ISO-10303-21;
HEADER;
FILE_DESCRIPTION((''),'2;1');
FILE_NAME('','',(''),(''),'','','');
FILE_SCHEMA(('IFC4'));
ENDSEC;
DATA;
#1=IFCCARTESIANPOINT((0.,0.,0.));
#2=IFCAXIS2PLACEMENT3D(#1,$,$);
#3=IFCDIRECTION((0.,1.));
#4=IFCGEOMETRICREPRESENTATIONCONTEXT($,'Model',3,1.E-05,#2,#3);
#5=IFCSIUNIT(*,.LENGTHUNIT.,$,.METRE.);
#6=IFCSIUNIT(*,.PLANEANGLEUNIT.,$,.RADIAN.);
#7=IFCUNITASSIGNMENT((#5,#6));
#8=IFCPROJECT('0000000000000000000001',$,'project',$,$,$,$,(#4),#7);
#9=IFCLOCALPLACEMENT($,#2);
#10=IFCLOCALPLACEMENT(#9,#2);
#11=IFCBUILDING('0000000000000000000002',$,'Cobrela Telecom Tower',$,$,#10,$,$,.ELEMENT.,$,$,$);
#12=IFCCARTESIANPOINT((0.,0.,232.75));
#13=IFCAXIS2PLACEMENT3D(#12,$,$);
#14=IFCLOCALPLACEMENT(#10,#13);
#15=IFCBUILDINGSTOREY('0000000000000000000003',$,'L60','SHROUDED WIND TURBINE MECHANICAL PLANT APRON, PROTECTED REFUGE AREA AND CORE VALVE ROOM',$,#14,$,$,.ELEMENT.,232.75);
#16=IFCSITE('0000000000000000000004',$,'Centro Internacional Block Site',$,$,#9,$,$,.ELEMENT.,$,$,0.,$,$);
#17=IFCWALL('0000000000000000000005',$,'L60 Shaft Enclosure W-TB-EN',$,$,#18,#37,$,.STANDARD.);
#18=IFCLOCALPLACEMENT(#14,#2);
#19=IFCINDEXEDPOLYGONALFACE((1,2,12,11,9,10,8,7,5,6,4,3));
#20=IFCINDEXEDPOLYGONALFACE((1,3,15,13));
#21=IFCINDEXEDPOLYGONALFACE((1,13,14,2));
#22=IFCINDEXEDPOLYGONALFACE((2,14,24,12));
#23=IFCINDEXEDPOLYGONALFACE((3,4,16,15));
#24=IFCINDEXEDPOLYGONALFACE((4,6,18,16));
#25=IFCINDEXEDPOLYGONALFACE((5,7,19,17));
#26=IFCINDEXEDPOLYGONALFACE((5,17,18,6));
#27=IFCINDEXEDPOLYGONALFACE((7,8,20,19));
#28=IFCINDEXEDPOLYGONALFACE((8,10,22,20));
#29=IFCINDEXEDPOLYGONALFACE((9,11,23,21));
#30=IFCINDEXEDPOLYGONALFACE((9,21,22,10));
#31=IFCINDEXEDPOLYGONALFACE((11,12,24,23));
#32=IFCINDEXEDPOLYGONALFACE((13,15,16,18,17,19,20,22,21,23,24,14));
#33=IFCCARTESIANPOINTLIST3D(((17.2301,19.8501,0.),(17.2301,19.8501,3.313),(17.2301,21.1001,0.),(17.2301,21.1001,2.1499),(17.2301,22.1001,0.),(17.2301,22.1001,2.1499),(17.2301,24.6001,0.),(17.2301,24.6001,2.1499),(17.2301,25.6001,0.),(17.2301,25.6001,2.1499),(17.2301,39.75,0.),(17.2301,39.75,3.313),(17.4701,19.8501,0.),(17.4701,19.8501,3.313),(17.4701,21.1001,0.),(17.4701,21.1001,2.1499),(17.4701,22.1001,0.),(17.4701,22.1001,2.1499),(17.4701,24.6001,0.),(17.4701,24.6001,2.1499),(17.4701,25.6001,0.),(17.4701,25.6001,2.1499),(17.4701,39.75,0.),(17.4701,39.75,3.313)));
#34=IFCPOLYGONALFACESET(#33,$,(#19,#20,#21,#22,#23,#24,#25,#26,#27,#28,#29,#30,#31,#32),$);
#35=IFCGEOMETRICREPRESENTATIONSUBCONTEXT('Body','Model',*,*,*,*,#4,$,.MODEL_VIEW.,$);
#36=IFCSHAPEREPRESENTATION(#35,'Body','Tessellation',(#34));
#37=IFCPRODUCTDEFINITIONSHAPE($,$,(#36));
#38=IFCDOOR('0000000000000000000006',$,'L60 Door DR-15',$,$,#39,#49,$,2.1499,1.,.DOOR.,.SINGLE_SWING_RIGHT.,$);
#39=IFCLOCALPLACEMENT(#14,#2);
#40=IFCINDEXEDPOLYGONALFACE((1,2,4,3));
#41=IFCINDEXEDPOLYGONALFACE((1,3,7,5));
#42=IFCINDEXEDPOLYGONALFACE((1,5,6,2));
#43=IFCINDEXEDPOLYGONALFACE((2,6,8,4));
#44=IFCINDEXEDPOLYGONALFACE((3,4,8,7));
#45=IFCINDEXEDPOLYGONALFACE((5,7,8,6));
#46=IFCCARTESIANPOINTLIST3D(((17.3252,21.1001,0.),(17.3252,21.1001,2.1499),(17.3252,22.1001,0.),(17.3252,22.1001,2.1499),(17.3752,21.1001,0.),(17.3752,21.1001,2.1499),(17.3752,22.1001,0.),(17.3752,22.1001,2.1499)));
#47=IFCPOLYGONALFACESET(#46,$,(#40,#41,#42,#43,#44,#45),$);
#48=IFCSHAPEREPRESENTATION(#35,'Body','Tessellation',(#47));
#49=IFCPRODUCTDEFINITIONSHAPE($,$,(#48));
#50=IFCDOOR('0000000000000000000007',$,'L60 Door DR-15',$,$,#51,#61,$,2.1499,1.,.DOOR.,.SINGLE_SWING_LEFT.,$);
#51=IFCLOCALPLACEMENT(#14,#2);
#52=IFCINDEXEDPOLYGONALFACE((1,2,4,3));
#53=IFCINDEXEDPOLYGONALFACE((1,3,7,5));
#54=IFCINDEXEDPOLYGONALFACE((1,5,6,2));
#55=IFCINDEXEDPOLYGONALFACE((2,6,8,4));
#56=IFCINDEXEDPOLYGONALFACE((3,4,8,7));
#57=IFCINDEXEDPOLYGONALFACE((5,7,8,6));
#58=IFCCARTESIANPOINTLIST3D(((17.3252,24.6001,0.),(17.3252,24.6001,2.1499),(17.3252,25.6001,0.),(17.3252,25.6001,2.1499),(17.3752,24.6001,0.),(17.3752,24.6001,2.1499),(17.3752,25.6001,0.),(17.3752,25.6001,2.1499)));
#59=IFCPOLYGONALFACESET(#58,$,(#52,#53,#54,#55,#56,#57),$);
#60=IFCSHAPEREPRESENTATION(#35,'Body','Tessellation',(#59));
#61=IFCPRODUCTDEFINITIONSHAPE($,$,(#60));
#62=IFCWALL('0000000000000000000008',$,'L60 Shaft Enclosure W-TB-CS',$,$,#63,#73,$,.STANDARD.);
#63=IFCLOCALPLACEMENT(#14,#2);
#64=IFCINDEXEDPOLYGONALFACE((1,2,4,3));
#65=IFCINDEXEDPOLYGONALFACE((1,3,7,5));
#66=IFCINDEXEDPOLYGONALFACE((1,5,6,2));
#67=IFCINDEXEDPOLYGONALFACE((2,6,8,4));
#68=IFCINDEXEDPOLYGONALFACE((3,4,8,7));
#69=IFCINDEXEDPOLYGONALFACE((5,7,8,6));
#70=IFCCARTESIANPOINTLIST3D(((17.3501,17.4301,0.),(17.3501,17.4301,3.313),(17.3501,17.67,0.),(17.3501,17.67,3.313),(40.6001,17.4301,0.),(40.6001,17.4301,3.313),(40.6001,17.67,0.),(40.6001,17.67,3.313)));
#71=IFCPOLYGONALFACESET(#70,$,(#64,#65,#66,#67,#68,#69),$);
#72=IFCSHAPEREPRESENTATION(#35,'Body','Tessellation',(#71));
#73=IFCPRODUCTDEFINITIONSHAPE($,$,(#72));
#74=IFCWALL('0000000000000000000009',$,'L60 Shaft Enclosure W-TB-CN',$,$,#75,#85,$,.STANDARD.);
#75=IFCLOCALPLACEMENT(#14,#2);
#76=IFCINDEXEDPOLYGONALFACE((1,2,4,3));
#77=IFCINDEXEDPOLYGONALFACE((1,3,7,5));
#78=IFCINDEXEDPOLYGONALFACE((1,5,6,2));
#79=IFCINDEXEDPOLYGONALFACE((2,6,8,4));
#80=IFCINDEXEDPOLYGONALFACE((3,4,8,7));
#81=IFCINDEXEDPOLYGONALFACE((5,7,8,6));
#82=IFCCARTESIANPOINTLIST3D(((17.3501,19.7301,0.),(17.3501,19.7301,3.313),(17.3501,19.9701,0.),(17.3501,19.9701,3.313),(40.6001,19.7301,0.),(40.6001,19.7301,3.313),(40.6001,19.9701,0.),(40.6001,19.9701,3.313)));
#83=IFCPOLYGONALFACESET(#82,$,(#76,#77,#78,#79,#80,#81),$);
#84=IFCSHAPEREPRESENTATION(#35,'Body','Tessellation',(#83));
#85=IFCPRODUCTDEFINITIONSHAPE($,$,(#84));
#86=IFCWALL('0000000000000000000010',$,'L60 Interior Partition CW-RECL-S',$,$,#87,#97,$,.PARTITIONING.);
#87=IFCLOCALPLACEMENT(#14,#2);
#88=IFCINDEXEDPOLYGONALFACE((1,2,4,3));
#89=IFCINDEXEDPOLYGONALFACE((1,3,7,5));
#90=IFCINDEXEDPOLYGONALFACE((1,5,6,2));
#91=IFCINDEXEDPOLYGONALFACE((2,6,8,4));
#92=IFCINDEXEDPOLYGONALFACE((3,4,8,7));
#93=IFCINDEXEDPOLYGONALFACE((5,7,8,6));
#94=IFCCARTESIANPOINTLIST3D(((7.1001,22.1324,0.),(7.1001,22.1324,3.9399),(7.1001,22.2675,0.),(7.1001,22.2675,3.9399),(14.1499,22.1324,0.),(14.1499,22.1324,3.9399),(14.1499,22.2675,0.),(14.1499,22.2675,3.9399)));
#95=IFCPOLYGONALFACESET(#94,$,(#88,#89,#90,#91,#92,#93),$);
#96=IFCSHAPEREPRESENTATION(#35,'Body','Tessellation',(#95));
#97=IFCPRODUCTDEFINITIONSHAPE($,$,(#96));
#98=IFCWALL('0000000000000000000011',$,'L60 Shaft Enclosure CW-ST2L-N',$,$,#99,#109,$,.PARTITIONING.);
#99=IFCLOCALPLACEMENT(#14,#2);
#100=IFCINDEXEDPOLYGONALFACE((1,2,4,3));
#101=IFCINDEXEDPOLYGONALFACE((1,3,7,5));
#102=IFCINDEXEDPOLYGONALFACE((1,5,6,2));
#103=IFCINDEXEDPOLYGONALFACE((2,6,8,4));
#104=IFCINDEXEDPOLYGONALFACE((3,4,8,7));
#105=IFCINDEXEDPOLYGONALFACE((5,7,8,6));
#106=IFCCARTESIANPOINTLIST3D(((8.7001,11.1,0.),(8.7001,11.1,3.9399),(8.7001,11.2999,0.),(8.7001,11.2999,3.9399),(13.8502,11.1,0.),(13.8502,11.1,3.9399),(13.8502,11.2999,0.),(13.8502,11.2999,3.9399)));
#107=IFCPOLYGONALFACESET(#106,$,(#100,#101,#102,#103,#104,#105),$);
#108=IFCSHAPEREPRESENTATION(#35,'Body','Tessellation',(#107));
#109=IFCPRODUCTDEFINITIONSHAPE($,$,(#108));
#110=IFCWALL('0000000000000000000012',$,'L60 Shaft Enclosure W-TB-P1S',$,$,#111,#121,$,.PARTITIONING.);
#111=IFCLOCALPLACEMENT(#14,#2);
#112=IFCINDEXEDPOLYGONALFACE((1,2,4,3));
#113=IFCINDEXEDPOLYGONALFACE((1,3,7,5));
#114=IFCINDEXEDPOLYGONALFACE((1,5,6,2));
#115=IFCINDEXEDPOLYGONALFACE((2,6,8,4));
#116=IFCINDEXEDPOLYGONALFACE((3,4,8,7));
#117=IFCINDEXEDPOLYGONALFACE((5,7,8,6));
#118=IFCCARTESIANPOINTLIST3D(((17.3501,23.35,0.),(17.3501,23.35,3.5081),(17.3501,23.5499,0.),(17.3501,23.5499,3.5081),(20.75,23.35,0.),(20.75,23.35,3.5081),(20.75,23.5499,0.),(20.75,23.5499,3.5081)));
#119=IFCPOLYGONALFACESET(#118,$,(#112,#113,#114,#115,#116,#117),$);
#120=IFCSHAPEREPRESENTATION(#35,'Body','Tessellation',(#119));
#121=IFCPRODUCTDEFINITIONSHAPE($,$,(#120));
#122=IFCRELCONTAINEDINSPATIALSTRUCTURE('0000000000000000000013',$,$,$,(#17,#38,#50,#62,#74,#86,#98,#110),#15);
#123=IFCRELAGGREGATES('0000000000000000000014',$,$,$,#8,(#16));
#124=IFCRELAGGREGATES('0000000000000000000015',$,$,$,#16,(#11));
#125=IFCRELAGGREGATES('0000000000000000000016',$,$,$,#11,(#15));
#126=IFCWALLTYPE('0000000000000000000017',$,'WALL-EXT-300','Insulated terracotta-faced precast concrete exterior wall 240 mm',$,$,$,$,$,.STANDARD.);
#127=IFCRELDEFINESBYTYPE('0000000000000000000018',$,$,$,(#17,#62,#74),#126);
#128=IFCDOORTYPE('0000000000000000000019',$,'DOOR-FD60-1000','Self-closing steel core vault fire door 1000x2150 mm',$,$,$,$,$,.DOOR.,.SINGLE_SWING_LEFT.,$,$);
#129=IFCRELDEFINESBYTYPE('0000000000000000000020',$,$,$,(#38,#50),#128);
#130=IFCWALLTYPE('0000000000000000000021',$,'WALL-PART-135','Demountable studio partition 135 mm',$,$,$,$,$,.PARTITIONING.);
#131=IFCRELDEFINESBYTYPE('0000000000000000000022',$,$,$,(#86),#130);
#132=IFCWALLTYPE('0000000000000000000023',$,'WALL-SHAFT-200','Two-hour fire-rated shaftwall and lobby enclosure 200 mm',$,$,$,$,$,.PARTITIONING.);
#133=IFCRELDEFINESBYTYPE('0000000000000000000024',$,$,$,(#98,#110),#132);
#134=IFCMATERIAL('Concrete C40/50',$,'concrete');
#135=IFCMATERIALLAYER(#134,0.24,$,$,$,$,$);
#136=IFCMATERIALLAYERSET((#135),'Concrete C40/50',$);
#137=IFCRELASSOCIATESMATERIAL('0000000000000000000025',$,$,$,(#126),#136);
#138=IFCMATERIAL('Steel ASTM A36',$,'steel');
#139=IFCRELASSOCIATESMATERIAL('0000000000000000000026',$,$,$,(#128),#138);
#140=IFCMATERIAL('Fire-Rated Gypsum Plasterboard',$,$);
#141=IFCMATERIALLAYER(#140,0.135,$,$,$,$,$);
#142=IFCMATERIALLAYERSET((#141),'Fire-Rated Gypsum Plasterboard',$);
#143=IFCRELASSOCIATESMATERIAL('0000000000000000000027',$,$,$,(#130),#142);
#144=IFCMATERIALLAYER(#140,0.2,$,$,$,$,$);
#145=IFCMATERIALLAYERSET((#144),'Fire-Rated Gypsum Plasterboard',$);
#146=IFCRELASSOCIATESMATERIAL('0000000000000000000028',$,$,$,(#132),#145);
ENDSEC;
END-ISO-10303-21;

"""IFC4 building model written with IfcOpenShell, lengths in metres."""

from ifc_helpers import new_model, si_unit, direction, frame, frame_2d, origin, place, context, subcontext, project, spatial, rectangle, extrude, material, layer, layer_set, type_object, element, fill, save


model = new_model("IFC4")

# Units and contexts
model_context = context("Model", 3, precision=1e-05, world=origin(), true_north=direction((0.0, 1.0)))
body_context = subcontext(model_context, "Body", "Model", "MODEL_VIEW")
ifc_project = project(units=[si_unit("LENGTHUNIT", "METRE"), si_unit("PLANEANGLEUNIT", "RADIAN")], contexts=[model_context])

# Site, building, storey
site_placement = place(None, origin())
site = spatial("IfcSite", under=ifc_project, at=site_placement, Name="Centro Internacional Block Site", CompositionType="ELEMENT", RefElevation=0.0)
building_placement = place(site_placement, origin())
building = spatial("IfcBuilding", under=site, at=building_placement, Name="Cobrela Telecom Tower", CompositionType="ELEMENT")
storey_placement = place(building_placement, frame((0.0, 0.0, 232.75)))
storey = spatial("IfcBuildingStorey", under=building, at=storey_placement, Name="L60", Description="SHROUDED WIND TURBINE MECHANICAL PLANT APRON, PROTECTED REFUGE AREA AND CORE VALVE ROOM", CompositionType="ELEMENT", Elevation=232.75)

# Wall, openings, doors
ifc_material_1 = material(Name="Concrete C40/50", Category="concrete")
ifc_layer_1 = layer(ifc_material_1, 0.24)
ifc_layer_set_1 = layer_set([ifc_layer_1], Name="Concrete C40/50")
wall_type_1 = type_object("IfcWallType", Name="WALL-EXT-300", Description="Insulated terracotta-faced precast concrete exterior wall 240 mm", PredefinedType="STANDARD", material=ifc_layer_set_1)
wall_1_placement = place(storey_placement, frame((17.3501, 19.8501, 0.0), z_axis=(0.0, 0.0, 1.0), x_axis=(0.0, 1.0, 0.0)))
wall_1 = element("IfcWall", 1, at=wall_1_placement, inside=storey, type_object=wall_type_1, Name="L60 Shaft Enclosure W-TB-EN", PredefinedType="STANDARD", context=body_context, shape_type="SweptSolid", body=[
    extrude(rectangle(XDim=19.8999, YDim=0.24, at=frame_2d((9.95, 0.0))), origin(), (0.0, 0.0, 1.0), 3.313),
])
opening_1_placement = place(wall_1_placement, frame((1.25, 0.0, 0.0)))
opening_1 = element("IfcOpeningElement", 2, at=opening_1_placement, cuts=wall_1, PredefinedType="OPENING", context=body_context, shape_type="SweptSolid", body=[
    extrude(rectangle(XDim=1.0, YDim=2.1499, at=frame_2d((0.5, 1.075))), frame((0.0, 0.1318, 0.0), z_axis=(0.0, -1.0, 0.0), x_axis=(1.0, 0.0, 0.0)), (0.0, 0.0, 1.0), 0.2639),
])
opening_2_placement = place(wall_1_placement, frame((4.75, 0.0, 0.0)))
opening_2 = element("IfcOpeningElement", 3, at=opening_2_placement, cuts=wall_1, PredefinedType="OPENING", context=body_context, shape_type="SweptSolid", body=[
    extrude(rectangle(XDim=1.0, YDim=2.1499, at=frame_2d((0.5, 1.075))), frame((0.0, 0.1318, 0.0), z_axis=(0.0, -1.0, 0.0), x_axis=(1.0, 0.0, 0.0)), (0.0, 0.0, 1.0), 0.2639),
])
ifc_material_2 = material(Name="Steel ASTM A36", Category="steel")
door_type_1 = type_object("IfcDoorType", Name="DOOR-FD60-1000", Description="Self-closing steel core vault fire door 1000x2150 mm", OperationType="SINGLE_SWING_LEFT", PredefinedType="DOOR", material=ifc_material_2)
door_1_placement = place(opening_1_placement, origin())
door_1 = element("IfcDoor", 4, at=door_1_placement, inside=storey, type_object=door_type_1, Name="L60 Door DR-15", OperationType="SINGLE_SWING_RIGHT", OverallHeight=2.1499, OverallWidth=1.0, PredefinedType="DOOR", context=body_context, shape_type="SweptSolid", body=[
    extrude(rectangle(XDim=1.0, YDim=2.1499, at=frame_2d((0.5, 1.075))), frame((0.0, 0.0249, 0.0), z_axis=(0.0, -1.0, 0.0), x_axis=(1.0, 0.0, 0.0)), (0.0, 0.0, 1.0), 0.05),
])
fill(opening_1, door_1)
door_2_placement = place(opening_2_placement, origin())
door_2 = element("IfcDoor", 5, at=door_2_placement, inside=storey, type_object=door_type_1, Name="L60 Door DR-15", OperationType="SINGLE_SWING_LEFT", OverallHeight=2.1499, OverallWidth=1.0, PredefinedType="DOOR", context=body_context, shape_type="SweptSolid", body=[
    extrude(rectangle(XDim=1.0, YDim=2.1499, at=frame_2d((0.5, 1.075))), frame((0.0, 0.0249, 0.0), z_axis=(0.0, -1.0, 0.0), x_axis=(1.0, 0.0, 0.0)), (0.0, 0.0, 1.0), 0.05),
])
fill(opening_2, door_2)

# Walls
for number, where, z_axis, x_axis, name in (
    (6, (17.3501, 17.55, 0.0), (0.0, 0.0, 1.0), (1.0, 0.0, 0.0), "L60 Shaft Enclosure W-TB-CS"),
    (7, (17.3501, 19.8501, 0.0), (0.0, 0.0, 1.0), (1.0, 0.0, 0.0), "L60 Shaft Enclosure W-TB-CN"),
):
    element("IfcWall", number, at=place(storey_placement, frame(where, z_axis=z_axis, x_axis=x_axis)), inside=storey, type_object=wall_type_1, Name=name, PredefinedType="STANDARD", context=body_context, shape_type="SweptSolid", body=[
        extrude(rectangle(XDim=23.25, YDim=0.24, at=frame_2d((11.625, 0.0))), origin(), (0.0, 0.0, 1.0), 3.313),
    ])
ifc_material_3 = material(Name="Fire-Rated Gypsum Plasterboard")
ifc_layer_2 = layer(ifc_material_3, 0.135)
ifc_layer_set_2 = layer_set([ifc_layer_2], Name="Fire-Rated Gypsum Plasterboard")
wall_type_2 = type_object("IfcWallType", Name="WALL-PART-135", Description="Demountable studio partition 135 mm", PredefinedType="PARTITIONING", material=ifc_layer_set_2)
wall_2_placement = place(storey_placement, frame((7.1001, 22.2, 0.0), z_axis=(0.0, 0.0, 1.0), x_axis=(1.0, 0.0, 0.0)))
element("IfcWall", 8, at=wall_2_placement, inside=storey, type_object=wall_type_2, Name="L60 Interior Partition CW-RECL-S", PredefinedType="PARTITIONING", context=body_context, shape_type="SweptSolid", body=[
    extrude(rectangle(XDim=7.0498, YDim=0.135, at=frame_2d((3.5249, 0.0))), origin(), (0.0, 0.0, 1.0), 3.9399),
])

# Walls
ifc_layer_3 = layer(ifc_material_3, 0.2)
ifc_layer_set_3 = layer_set([ifc_layer_3], Name="Fire-Rated Gypsum Plasterboard")
wall_type_3 = type_object("IfcWallType", Name="WALL-SHAFT-200", Description="Two-hour fire-rated shaftwall and lobby enclosure 200 mm", PredefinedType="PARTITIONING", material=ifc_layer_set_3)
wall_3_placement = place(storey_placement, frame((8.7, 11.2, 0.0), z_axis=(0.0, 0.0, 1.0), x_axis=(1.0, 0.0, 0.0)))
element("IfcWall", 9, at=wall_3_placement, inside=storey, type_object=wall_type_3, Name="L60 Shaft Enclosure CW-ST2L-N", PredefinedType="PARTITIONING", context=body_context, shape_type="SweptSolid", body=[
    extrude(rectangle(XDim=5.1501, YDim=0.2, at=frame_2d((2.5752, 0.0))), origin(), (0.0, 0.0, 1.0), 3.9399),
])
wall_4_placement = place(storey_placement, frame((17.3501, 23.45, 0.0), z_axis=(0.0, 0.0, 1.0), x_axis=(1.0, 0.0, 0.0)))
element("IfcWall", 10, at=wall_4_placement, inside=storey, type_object=wall_type_3, Name="L60 Shaft Enclosure W-TB-P1S", PredefinedType="PARTITIONING", context=body_context, shape_type="SweptSolid", body=[
    extrude(rectangle(XDim=3.3999, YDim=0.2, at=frame_2d((1.7, 0.0))), origin(), (0.0, 0.0, 1.0), 3.5081),
])

save(model, "model.ifc")
